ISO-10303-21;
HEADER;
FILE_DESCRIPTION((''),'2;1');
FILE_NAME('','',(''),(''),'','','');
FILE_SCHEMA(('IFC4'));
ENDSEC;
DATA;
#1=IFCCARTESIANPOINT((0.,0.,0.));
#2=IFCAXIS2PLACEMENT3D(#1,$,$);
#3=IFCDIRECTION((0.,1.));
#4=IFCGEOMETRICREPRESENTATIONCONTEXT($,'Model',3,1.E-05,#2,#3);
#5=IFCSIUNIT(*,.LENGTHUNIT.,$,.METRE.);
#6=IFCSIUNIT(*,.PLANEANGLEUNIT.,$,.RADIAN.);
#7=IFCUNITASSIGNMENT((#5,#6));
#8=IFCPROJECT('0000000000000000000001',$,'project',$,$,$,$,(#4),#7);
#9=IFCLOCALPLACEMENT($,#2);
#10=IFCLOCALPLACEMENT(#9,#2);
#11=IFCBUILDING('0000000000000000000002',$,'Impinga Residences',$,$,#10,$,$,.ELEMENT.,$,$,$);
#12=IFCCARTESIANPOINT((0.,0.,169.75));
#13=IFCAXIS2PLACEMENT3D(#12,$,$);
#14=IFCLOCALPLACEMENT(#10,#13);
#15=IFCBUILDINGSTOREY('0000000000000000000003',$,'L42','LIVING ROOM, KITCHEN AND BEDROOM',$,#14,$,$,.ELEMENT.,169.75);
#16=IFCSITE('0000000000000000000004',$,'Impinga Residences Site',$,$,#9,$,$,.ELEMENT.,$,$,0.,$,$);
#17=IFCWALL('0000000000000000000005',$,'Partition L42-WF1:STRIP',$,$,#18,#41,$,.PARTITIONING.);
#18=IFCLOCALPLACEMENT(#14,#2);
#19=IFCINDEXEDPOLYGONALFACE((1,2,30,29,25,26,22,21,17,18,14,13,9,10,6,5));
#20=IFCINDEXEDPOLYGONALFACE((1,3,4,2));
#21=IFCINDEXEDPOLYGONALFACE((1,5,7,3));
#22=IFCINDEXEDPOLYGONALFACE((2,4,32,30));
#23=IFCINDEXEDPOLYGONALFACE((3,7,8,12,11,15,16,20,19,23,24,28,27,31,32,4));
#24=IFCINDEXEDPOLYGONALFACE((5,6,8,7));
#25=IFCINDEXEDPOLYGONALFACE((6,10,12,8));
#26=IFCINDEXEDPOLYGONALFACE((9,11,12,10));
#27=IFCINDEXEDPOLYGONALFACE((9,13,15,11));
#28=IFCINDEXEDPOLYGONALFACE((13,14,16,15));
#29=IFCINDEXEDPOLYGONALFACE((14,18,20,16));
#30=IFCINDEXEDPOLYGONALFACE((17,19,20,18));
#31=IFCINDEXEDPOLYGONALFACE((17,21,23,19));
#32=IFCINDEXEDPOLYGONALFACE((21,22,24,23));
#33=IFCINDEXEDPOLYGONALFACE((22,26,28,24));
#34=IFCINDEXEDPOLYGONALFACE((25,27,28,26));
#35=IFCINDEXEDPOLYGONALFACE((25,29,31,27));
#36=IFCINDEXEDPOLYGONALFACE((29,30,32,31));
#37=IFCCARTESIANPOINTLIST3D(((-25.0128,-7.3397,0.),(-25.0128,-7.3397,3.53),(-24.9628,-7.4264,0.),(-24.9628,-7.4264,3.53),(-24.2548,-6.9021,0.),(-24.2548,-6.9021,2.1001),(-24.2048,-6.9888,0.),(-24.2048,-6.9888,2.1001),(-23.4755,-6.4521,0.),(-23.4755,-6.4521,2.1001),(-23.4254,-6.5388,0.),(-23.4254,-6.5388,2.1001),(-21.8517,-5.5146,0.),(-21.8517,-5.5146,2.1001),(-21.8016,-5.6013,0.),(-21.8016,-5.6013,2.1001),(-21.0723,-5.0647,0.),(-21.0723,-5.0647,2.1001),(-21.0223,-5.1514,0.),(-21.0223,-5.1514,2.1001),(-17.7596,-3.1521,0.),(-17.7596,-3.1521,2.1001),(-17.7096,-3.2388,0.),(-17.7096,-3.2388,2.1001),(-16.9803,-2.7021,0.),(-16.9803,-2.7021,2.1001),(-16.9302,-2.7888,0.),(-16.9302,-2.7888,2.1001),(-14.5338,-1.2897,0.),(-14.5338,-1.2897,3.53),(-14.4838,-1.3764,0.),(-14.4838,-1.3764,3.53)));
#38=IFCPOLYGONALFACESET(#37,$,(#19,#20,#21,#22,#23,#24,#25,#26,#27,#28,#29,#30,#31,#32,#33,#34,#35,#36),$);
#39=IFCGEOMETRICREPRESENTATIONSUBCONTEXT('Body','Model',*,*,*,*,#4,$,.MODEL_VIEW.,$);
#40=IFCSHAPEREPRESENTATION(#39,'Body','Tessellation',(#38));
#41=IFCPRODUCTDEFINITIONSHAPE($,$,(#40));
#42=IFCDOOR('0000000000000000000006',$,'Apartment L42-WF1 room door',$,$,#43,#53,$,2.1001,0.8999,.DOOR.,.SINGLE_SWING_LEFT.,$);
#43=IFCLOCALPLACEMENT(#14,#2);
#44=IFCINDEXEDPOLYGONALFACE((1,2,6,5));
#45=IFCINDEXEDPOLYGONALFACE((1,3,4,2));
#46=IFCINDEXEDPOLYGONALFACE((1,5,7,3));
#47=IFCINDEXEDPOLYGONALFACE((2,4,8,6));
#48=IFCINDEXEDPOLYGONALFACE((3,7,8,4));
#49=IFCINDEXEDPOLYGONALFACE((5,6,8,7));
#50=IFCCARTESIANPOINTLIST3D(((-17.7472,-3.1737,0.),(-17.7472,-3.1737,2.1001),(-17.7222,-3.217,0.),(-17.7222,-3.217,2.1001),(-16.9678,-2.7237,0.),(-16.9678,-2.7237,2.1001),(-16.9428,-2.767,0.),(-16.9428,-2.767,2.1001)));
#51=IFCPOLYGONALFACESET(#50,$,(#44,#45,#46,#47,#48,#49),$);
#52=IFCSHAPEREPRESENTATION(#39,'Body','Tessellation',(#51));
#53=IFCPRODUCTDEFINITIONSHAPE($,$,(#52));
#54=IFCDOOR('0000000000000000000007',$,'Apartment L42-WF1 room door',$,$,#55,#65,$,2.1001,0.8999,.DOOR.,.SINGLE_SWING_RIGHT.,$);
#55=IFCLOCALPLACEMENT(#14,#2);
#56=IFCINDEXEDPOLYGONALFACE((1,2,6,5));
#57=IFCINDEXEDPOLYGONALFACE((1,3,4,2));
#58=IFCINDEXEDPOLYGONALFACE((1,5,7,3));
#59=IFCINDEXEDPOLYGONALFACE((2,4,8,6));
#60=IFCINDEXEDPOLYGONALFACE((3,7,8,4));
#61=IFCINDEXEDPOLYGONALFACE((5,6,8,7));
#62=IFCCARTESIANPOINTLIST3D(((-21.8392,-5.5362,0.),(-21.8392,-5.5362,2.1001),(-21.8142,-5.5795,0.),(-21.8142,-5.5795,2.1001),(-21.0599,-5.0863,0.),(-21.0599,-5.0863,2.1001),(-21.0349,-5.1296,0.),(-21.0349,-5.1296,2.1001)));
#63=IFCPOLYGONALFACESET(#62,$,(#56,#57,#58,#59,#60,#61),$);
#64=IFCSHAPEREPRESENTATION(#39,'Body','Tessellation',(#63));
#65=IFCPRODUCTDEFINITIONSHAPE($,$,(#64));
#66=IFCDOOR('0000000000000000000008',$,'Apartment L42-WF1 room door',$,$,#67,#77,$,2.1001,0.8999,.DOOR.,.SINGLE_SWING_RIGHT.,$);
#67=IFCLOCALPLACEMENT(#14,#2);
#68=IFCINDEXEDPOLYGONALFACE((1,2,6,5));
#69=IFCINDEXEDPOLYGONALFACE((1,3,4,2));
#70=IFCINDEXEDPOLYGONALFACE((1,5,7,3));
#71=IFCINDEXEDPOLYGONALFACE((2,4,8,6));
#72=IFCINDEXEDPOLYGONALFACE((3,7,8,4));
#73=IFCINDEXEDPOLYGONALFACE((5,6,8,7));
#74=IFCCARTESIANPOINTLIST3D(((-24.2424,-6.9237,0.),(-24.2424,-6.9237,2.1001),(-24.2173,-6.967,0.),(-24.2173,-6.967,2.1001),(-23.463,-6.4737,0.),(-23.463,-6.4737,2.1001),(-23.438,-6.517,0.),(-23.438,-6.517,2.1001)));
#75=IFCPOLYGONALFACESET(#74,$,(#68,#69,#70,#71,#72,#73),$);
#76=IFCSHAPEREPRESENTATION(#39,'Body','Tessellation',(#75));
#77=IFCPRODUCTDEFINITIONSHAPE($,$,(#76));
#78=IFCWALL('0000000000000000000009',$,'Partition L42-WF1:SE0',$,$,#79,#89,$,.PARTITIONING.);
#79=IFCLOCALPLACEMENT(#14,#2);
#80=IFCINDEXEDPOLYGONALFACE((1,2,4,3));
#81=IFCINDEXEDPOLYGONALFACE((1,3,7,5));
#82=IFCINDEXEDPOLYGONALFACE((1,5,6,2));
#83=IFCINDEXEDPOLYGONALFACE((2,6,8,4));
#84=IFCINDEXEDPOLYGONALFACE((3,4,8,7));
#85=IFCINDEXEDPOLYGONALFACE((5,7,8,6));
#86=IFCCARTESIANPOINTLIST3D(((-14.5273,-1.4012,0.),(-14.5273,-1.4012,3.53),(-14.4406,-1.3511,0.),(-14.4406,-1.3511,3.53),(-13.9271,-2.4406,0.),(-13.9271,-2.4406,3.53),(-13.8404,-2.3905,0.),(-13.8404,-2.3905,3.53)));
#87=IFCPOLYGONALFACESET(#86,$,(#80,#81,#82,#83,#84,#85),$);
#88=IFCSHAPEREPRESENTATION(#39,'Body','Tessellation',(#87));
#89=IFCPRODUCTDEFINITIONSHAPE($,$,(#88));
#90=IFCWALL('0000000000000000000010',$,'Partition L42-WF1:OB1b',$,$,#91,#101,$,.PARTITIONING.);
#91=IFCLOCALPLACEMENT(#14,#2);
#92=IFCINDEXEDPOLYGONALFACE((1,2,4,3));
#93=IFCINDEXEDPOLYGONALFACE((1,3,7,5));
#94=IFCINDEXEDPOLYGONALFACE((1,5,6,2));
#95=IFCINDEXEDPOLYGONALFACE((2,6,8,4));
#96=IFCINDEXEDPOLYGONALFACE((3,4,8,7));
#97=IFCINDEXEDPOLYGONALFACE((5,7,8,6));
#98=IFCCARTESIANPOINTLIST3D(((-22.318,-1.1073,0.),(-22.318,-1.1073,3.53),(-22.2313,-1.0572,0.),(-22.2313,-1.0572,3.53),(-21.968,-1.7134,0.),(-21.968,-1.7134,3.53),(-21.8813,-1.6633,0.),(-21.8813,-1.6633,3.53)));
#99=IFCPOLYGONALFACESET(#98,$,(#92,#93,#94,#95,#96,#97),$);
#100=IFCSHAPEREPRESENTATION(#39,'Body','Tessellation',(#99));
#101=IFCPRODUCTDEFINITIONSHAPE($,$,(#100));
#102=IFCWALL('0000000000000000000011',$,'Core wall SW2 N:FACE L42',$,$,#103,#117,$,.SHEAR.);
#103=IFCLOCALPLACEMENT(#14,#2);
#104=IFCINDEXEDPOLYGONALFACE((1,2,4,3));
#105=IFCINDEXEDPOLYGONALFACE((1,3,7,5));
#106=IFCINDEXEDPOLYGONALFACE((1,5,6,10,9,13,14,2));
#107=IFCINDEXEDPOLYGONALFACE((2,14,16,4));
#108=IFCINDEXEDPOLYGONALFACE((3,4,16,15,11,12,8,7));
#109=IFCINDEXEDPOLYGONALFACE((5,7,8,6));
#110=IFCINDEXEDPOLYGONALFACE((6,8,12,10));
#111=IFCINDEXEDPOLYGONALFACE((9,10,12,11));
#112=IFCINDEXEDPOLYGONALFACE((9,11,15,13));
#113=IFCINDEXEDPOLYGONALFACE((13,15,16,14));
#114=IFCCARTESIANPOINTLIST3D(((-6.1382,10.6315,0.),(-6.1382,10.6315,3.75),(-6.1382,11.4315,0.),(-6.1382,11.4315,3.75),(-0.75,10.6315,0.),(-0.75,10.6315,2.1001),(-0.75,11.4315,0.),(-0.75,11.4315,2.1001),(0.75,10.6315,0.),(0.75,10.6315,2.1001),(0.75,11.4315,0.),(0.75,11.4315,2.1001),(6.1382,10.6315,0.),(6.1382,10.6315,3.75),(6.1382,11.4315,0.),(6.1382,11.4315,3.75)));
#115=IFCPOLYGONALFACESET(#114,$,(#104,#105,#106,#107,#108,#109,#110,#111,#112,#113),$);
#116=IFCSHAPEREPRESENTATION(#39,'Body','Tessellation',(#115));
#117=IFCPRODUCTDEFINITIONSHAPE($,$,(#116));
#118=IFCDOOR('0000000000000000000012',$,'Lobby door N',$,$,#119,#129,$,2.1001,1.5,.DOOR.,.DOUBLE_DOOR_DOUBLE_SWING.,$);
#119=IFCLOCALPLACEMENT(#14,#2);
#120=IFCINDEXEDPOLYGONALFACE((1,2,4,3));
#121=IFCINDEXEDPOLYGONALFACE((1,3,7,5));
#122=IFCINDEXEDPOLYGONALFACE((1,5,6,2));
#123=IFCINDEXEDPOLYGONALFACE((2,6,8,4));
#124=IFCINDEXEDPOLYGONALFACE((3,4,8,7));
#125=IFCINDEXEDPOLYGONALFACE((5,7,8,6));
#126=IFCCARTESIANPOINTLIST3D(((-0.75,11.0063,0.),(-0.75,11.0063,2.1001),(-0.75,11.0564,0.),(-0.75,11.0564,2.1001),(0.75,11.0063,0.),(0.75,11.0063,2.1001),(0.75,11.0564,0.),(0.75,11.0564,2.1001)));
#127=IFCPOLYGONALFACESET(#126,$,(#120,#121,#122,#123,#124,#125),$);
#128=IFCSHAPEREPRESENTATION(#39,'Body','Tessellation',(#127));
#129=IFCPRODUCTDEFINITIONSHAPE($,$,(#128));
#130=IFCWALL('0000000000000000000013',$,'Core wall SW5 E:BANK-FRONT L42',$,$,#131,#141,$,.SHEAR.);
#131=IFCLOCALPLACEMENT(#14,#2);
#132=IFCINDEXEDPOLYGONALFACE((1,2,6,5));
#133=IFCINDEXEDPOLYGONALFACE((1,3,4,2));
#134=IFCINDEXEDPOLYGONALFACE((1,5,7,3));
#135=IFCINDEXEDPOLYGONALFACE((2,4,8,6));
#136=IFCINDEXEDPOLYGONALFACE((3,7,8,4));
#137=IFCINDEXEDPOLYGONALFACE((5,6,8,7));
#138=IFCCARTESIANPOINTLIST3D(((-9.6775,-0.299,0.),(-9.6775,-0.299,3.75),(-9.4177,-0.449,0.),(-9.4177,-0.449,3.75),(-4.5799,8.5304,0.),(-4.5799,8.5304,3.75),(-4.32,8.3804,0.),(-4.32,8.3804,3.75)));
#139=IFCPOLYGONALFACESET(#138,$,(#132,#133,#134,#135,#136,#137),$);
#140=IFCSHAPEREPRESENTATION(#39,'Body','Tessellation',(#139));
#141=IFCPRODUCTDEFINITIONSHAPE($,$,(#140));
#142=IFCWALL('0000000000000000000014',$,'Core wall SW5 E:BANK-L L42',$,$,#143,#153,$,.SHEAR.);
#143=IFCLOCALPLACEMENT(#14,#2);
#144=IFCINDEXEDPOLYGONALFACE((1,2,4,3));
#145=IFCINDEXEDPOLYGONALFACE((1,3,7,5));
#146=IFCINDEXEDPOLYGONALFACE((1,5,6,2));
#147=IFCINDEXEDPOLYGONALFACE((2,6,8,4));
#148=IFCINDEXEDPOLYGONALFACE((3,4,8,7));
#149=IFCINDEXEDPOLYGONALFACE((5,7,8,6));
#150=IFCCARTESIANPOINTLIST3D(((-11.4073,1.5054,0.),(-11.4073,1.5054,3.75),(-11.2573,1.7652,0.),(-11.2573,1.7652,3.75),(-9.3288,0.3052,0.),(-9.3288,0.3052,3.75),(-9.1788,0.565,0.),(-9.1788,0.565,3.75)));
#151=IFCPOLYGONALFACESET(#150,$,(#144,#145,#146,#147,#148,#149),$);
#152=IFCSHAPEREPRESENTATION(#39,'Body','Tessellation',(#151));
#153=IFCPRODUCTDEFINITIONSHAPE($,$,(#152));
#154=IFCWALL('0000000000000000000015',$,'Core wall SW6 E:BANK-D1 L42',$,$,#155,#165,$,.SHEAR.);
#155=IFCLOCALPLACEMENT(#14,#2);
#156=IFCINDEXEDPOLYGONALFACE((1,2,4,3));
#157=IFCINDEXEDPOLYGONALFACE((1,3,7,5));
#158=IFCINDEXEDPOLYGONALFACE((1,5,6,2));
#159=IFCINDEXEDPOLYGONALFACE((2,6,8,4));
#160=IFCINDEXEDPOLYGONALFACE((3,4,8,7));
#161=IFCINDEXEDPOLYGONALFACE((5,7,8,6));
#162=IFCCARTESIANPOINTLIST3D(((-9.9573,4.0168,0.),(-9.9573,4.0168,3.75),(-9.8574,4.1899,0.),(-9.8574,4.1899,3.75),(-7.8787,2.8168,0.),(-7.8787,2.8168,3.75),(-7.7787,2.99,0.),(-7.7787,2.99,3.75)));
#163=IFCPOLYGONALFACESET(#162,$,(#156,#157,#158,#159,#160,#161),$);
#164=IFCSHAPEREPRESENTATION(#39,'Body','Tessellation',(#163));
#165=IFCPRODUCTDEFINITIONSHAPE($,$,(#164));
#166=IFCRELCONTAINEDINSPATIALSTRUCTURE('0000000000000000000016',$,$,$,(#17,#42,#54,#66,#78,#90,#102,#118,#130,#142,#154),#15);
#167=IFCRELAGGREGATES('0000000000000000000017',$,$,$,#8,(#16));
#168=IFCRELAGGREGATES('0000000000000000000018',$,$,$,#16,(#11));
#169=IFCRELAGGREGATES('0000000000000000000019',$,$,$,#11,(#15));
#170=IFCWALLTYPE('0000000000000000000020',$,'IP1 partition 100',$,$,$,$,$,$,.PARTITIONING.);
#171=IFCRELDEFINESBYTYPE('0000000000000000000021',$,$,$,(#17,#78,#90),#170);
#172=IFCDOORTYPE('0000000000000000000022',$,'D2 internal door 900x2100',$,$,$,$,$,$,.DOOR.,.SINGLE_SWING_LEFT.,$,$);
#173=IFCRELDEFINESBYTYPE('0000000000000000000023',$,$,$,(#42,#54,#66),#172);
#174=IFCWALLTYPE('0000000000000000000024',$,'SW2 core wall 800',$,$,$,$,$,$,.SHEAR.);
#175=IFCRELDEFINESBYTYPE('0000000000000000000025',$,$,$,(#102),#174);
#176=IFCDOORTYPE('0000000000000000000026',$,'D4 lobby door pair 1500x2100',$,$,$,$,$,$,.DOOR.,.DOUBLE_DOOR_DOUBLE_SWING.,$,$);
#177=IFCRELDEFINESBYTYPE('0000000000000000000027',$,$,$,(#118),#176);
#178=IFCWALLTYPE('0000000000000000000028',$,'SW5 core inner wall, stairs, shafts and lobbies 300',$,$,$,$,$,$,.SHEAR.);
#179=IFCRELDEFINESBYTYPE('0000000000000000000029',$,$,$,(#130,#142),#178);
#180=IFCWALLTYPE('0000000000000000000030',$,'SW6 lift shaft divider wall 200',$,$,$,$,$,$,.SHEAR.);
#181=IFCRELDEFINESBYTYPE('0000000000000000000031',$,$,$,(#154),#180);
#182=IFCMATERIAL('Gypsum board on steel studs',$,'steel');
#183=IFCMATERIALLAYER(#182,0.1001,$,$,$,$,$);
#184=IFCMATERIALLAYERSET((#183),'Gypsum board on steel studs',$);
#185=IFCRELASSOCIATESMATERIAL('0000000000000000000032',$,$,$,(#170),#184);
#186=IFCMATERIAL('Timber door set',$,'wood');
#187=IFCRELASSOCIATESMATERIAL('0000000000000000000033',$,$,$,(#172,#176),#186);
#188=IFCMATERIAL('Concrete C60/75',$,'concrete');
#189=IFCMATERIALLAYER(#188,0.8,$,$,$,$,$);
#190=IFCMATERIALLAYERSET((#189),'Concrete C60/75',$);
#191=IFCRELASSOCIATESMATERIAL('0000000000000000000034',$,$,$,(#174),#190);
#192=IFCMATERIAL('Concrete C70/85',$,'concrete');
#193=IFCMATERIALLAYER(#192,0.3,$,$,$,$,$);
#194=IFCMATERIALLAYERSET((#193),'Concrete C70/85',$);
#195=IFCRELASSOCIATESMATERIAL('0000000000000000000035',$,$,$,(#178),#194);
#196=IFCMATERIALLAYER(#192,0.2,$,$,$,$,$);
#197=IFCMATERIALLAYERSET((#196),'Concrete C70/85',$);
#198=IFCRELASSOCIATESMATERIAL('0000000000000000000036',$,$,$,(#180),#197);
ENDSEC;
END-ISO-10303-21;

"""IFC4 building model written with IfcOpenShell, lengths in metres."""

from ifc_helpers import new_model, si_unit, direction, frame, frame_2d, origin, place, context, subcontext, project, spatial, rectangle, extrude, material, layer, layer_set, type_object, element, fill, save


model = new_model("IFC4")

# Units and contexts
model_context = context("Model", 3, precision=1e-05, world=origin(), true_north=direction((0.0, 1.0)))
body_context = subcontext(model_context, "Body", "Model", "MODEL_VIEW")
ifc_project = project(units=[si_unit("LENGTHUNIT", "METRE"), si_unit("PLANEANGLEUNIT", "RADIAN")], contexts=[model_context])

# Site, building, storey
site_placement = place(None, origin())
site = spatial("IfcSite", under=ifc_project, at=site_placement, Name="Impinga Residences Site", CompositionType="ELEMENT", RefElevation=0.0)
building_placement = place(site_placement, origin())
building = spatial("IfcBuilding", under=site, at=building_placement, Name="Impinga Residences", CompositionType="ELEMENT")
storey_placement = place(building_placement, frame((0.0, 0.0, 169.75)))
storey = spatial("IfcBuildingStorey", under=building, at=storey_placement, Name="L42", Description="LIVING ROOM, KITCHEN AND BEDROOM", CompositionType="ELEMENT", Elevation=169.75)

# Shared definitions
ifc_material_1 = material(Name="Concrete C60/75", Category="concrete")

# Shared definitions
ifc_material_2 = material(Name="Timber door set", Category="wood")

# Shared definitions
ifc_material_3 = material(Name="Gypsum board on steel studs", Category="steel")
ifc_layer_1 = layer(ifc_material_3, 0.1001)
ifc_layer_set_1 = layer_set([ifc_layer_1], Name="Gypsum board on steel studs")
wall_type_1 = type_object("IfcWallType", Name="IP1 partition 100", PredefinedType="PARTITIONING", material=ifc_layer_set_1)

# Wall, openings, doors
wall_1_placement = place(storey_placement, frame((-14.5088, -1.333, 0.0), z_axis=(0.0, 0.0, 1.0), x_axis=(-0.866026, -0.5, 0.0)))
wall_1 = element("IfcWall", 1, at=wall_1_placement, inside=storey, type_object=wall_type_1, Name="Partition L42-WF1:STRIP", PredefinedType="PARTITIONING", context=body_context, shape_type="SweptSolid", body=[
    extrude(rectangle(XDim=12.1001, YDim=0.1001, at=frame_2d((6.05, 0.0))), origin(), (0.0, 0.0, 1.0), 3.53),
])
opening_1_placement = place(wall_1_placement, frame((2.825, 0.0, 0.0)))
opening_1 = element("IfcOpeningElement", 2, at=opening_1_placement, cuts=wall_1, PredefinedType="OPENING", context=body_context, shape_type="SweptSolid", body=[
    extrude(rectangle(XDim=0.8999, YDim=2.1001, at=frame_2d((0.45, 1.05))), frame((0.0, 0.0601, 0.0), z_axis=(0.0, -1.0, 0.0), x_axis=(1.0, 0.0, 0.0)), (0.0, 0.0, 1.0), 0.1201),
])
opening_2_placement = place(wall_1_placement, frame((7.55, 0.0, 0.0)))
opening_2 = element("IfcOpeningElement", 3, at=opening_2_placement, cuts=wall_1, PredefinedType="OPENING", context=body_context, shape_type="SweptSolid", body=[
    extrude(rectangle(XDim=0.8999, YDim=2.1001, at=frame_2d((0.45, 1.05))), frame((0.0, 0.0601, 0.0), z_axis=(0.0, -1.0, 0.0), x_axis=(1.0, 0.0, 0.0)), (0.0, 0.0, 1.0), 0.1201),
])
opening_3_placement = place(wall_1_placement, frame((10.325, 0.0, 0.0)))
opening_3 = element("IfcOpeningElement", 4, at=opening_3_placement, cuts=wall_1, PredefinedType="OPENING", context=body_context, shape_type="SweptSolid", body=[
    extrude(rectangle(XDim=0.8999, YDim=2.1001, at=frame_2d((0.45, 1.05))), frame((0.0, 0.0601, 0.0), z_axis=(0.0, -1.0, 0.0), x_axis=(1.0, 0.0, 0.0)), (0.0, 0.0, 1.0), 0.1201),
])
door_type_1 = type_object("IfcDoorType", Name="D2 internal door 900x2100", OperationType="SINGLE_SWING_LEFT", PredefinedType="DOOR", material=ifc_material_2)
door_1_placement = place(opening_1_placement, origin())
door_1 = element("IfcDoor", 5, at=door_1_placement, inside=storey, type_object=door_type_1, Name="Apartment L42-WF1 room door", OperationType="SINGLE_SWING_LEFT", OverallHeight=2.1001, OverallWidth=0.8999, PredefinedType="DOOR", context=body_context, shape_type="SweptSolid", body=[
    extrude(rectangle(XDim=0.8999, YDim=2.1001, at=frame_2d((0.45, 1.05))), frame((0.0, 0.0249, 0.0), z_axis=(0.0, -1.0, 0.0), x_axis=(1.0, 0.0, 0.0)), (0.0, 0.0, 1.0), 0.05),
])
fill(opening_1, door_1)
door_2_placement = place(opening_2_placement, origin())
door_2 = element("IfcDoor", 6, at=door_2_placement, inside=storey, type_object=door_type_1, Name="Apartment L42-WF1 room door", OperationType="SINGLE_SWING_RIGHT", OverallHeight=2.1001, OverallWidth=0.8999, PredefinedType="DOOR", context=body_context, shape_type="SweptSolid", body=[
    extrude(rectangle(XDim=0.8999, YDim=2.1001, at=frame_2d((0.45, 1.05))), frame((0.0, 0.0249, 0.0), z_axis=(0.0, -1.0, 0.0), x_axis=(1.0, 0.0, 0.0)), (0.0, 0.0, 1.0), 0.05),
])
fill(opening_2, door_2)
door_3_placement = place(opening_3_placement, origin())
door_3 = element("IfcDoor", 7, at=door_3_placement, inside=storey, type_object=door_type_1, Name="Apartment L42-WF1 room door", OperationType="SINGLE_SWING_RIGHT", OverallHeight=2.1001, OverallWidth=0.8999, PredefinedType="DOOR", context=body_context, shape_type="SweptSolid", body=[
    extrude(rectangle(XDim=0.8999, YDim=2.1001, at=frame_2d((0.45, 1.05))), frame((0.0, 0.0249, 0.0), z_axis=(0.0, -1.0, 0.0), x_axis=(1.0, 0.0, 0.0)), (0.0, 0.0, 1.0), 0.05),
])
fill(opening_3, door_3)

# Walls
wall_2_placement = place(storey_placement, frame((-13.8838, -2.4155, 0.0), z_axis=(0.0, 0.0, 1.0), x_axis=(-0.500034, 0.866006, 0.0)))
element("IfcWall", 8, at=wall_2_placement, inside=storey, type_object=wall_type_1, Name="Partition L42-WF1:SE0", PredefinedType="PARTITIONING", context=body_context, shape_type="SweptSolid", body=[
    extrude(rectangle(XDim=1.2002, YDim=0.1001, at=frame_2d((0.6001, 0.0))), origin(), (0.0, 0.0, 1.0), 3.53),
])
wall_3_placement = place(storey_placement, frame((-21.9246, -1.6885, 0.0), z_axis=(0.0, 0.0, 1.0), x_axis=(-0.500115, 0.865959, 0.0)))
element("IfcWall", 9, at=wall_3_placement, inside=storey, type_object=wall_type_1, Name="Partition L42-WF1:OB1b", PredefinedType="PARTITIONING", context=body_context, shape_type="SweptSolid", body=[
    extrude(rectangle(XDim=0.7, YDim=0.1001, at=frame_2d((0.3501, 0.0))), origin(), (0.0, 0.0, 1.0), 3.53),
])

# Wall, opening, door
ifc_layer_2 = layer(ifc_material_1, 0.8)
ifc_layer_set_2 = layer_set([ifc_layer_2], Name="Concrete C60/75")
wall_type_2 = type_object("IfcWallType", Name="SW2 core wall 800", PredefinedType="SHEAR", material=ifc_layer_set_2)
wall_4_placement = place(storey_placement, frame((-6.1382, 11.0315, 0.0), z_axis=(0.0, 0.0, 1.0), x_axis=(1.0, 0.0, 0.0)))
wall_4 = element("IfcWall", 10, at=wall_4_placement, inside=storey, type_object=wall_type_2, Name="Core wall SW2 N:FACE L42", PredefinedType="SHEAR", context=body_context, shape_type="SweptSolid", body=[
    extrude(rectangle(XDim=12.2764, YDim=0.8, at=frame_2d((6.1382, 0.0))), origin(), (0.0, 0.0, 1.0), 3.75),
])
opening_4_placement = place(wall_4_placement, frame((5.3882, 0.0, 0.0)))
opening_4 = element("IfcOpeningElement", 11, at=opening_4_placement, cuts=wall_4, PredefinedType="OPENING", context=body_context, shape_type="SweptSolid", body=[
    extrude(rectangle(XDim=1.5, YDim=2.1001, at=frame_2d((0.75, 1.05))), frame((0.0, 0.4099, 0.0), z_axis=(0.0, -1.0, 0.0), x_axis=(1.0, 0.0, 0.0)), (0.0, 0.0, 1.0), 0.8201),
])
door_type_2 = type_object("IfcDoorType", Name="D4 lobby door pair 1500x2100", OperationType="DOUBLE_DOOR_DOUBLE_SWING", PredefinedType="DOOR", material=ifc_material_2)
door_4_placement = place(opening_4_placement, origin())
door_4 = element("IfcDoor", 12, at=door_4_placement, inside=storey, type_object=door_type_2, Name="Lobby door N", OperationType="DOUBLE_DOOR_DOUBLE_SWING", OverallHeight=2.1001, OverallWidth=1.5, PredefinedType="DOOR", context=body_context, shape_type="SweptSolid", body=[
    extrude(rectangle(XDim=1.5, YDim=2.1001, at=frame_2d((0.75, 1.05))), frame((0.0, 0.0249, 0.0), z_axis=(0.0, -1.0, 0.0), x_axis=(1.0, 0.0, 0.0)), (0.0, 0.0, 1.0), 0.05),
])
fill(opening_4, door_4)

# Walls
ifc_material_4 = material(Name="Concrete C70/85", Category="concrete")
ifc_layer_3 = layer(ifc_material_4, 0.3)
ifc_layer_set_3 = layer_set([ifc_layer_3], Name="Concrete C70/85")
wall_type_3 = type_object("IfcWallType", Name="SW5 core inner wall, stairs, shafts and lobbies 300", PredefinedType="SHEAR", material=ifc_layer_set_3)
wall_5_placement = place(storey_placement, frame((-9.5476, -0.374, 0.0), z_axis=(0.0, 0.0, 1.0), x_axis=(0.500002, 0.866024, 0.0)))
element("IfcWall", 13, at=wall_5_placement, inside=storey, type_object=wall_type_3, Name="Core wall SW5 E:BANK-FRONT L42", PredefinedType="SHEAR", context=body_context, shape_type="SweptSolid", body=[
    extrude(rectangle(XDim=10.1953, YDim=0.3, at=frame_2d((5.0977, 0.0))), origin(), (0.0, 0.0, 1.0), 3.75),
])
wall_6_placement = place(storey_placement, frame((-9.2537, 0.4351, 0.0), z_axis=(0.0, 0.0, 1.0), x_axis=(-0.866006, 0.500034, 0.0)))
element("IfcWall", 14, at=wall_6_placement, inside=storey, type_object=wall_type_3, Name="Core wall SW5 E:BANK-L L42", PredefinedType="SHEAR", context=body_context, shape_type="SweptSolid", body=[
    extrude(rectangle(XDim=2.4001, YDim=0.3, at=frame_2d((1.2002, 0.0))), origin(), (0.0, 0.0, 1.0), 3.75),
])
ifc_layer_4 = layer(ifc_material_4, 0.2)
ifc_layer_set_4 = layer_set([ifc_layer_4], Name="Concrete C70/85")
wall_type_4 = type_object("IfcWallType", Name="SW6 lift shaft divider wall 200", PredefinedType="SHEAR", material=ifc_layer_set_4)
wall_7_placement = place(storey_placement, frame((-7.8286, 2.9033, 0.0), z_axis=(0.0, 0.0, 1.0), x_axis=(-0.86605, 0.499957, 0.0)))
element("IfcWall", 15, at=wall_7_placement, inside=storey, type_object=wall_type_4, Name="Core wall SW6 E:BANK-D1 L42", PredefinedType="SHEAR", context=body_context, shape_type="SweptSolid", body=[
    extrude(rectangle(XDim=2.4001, YDim=0.2, at=frame_2d((1.2002, 0.0))), origin(), (0.0, 0.0, 1.0), 3.75),
])

save(model, "model.ifc")
